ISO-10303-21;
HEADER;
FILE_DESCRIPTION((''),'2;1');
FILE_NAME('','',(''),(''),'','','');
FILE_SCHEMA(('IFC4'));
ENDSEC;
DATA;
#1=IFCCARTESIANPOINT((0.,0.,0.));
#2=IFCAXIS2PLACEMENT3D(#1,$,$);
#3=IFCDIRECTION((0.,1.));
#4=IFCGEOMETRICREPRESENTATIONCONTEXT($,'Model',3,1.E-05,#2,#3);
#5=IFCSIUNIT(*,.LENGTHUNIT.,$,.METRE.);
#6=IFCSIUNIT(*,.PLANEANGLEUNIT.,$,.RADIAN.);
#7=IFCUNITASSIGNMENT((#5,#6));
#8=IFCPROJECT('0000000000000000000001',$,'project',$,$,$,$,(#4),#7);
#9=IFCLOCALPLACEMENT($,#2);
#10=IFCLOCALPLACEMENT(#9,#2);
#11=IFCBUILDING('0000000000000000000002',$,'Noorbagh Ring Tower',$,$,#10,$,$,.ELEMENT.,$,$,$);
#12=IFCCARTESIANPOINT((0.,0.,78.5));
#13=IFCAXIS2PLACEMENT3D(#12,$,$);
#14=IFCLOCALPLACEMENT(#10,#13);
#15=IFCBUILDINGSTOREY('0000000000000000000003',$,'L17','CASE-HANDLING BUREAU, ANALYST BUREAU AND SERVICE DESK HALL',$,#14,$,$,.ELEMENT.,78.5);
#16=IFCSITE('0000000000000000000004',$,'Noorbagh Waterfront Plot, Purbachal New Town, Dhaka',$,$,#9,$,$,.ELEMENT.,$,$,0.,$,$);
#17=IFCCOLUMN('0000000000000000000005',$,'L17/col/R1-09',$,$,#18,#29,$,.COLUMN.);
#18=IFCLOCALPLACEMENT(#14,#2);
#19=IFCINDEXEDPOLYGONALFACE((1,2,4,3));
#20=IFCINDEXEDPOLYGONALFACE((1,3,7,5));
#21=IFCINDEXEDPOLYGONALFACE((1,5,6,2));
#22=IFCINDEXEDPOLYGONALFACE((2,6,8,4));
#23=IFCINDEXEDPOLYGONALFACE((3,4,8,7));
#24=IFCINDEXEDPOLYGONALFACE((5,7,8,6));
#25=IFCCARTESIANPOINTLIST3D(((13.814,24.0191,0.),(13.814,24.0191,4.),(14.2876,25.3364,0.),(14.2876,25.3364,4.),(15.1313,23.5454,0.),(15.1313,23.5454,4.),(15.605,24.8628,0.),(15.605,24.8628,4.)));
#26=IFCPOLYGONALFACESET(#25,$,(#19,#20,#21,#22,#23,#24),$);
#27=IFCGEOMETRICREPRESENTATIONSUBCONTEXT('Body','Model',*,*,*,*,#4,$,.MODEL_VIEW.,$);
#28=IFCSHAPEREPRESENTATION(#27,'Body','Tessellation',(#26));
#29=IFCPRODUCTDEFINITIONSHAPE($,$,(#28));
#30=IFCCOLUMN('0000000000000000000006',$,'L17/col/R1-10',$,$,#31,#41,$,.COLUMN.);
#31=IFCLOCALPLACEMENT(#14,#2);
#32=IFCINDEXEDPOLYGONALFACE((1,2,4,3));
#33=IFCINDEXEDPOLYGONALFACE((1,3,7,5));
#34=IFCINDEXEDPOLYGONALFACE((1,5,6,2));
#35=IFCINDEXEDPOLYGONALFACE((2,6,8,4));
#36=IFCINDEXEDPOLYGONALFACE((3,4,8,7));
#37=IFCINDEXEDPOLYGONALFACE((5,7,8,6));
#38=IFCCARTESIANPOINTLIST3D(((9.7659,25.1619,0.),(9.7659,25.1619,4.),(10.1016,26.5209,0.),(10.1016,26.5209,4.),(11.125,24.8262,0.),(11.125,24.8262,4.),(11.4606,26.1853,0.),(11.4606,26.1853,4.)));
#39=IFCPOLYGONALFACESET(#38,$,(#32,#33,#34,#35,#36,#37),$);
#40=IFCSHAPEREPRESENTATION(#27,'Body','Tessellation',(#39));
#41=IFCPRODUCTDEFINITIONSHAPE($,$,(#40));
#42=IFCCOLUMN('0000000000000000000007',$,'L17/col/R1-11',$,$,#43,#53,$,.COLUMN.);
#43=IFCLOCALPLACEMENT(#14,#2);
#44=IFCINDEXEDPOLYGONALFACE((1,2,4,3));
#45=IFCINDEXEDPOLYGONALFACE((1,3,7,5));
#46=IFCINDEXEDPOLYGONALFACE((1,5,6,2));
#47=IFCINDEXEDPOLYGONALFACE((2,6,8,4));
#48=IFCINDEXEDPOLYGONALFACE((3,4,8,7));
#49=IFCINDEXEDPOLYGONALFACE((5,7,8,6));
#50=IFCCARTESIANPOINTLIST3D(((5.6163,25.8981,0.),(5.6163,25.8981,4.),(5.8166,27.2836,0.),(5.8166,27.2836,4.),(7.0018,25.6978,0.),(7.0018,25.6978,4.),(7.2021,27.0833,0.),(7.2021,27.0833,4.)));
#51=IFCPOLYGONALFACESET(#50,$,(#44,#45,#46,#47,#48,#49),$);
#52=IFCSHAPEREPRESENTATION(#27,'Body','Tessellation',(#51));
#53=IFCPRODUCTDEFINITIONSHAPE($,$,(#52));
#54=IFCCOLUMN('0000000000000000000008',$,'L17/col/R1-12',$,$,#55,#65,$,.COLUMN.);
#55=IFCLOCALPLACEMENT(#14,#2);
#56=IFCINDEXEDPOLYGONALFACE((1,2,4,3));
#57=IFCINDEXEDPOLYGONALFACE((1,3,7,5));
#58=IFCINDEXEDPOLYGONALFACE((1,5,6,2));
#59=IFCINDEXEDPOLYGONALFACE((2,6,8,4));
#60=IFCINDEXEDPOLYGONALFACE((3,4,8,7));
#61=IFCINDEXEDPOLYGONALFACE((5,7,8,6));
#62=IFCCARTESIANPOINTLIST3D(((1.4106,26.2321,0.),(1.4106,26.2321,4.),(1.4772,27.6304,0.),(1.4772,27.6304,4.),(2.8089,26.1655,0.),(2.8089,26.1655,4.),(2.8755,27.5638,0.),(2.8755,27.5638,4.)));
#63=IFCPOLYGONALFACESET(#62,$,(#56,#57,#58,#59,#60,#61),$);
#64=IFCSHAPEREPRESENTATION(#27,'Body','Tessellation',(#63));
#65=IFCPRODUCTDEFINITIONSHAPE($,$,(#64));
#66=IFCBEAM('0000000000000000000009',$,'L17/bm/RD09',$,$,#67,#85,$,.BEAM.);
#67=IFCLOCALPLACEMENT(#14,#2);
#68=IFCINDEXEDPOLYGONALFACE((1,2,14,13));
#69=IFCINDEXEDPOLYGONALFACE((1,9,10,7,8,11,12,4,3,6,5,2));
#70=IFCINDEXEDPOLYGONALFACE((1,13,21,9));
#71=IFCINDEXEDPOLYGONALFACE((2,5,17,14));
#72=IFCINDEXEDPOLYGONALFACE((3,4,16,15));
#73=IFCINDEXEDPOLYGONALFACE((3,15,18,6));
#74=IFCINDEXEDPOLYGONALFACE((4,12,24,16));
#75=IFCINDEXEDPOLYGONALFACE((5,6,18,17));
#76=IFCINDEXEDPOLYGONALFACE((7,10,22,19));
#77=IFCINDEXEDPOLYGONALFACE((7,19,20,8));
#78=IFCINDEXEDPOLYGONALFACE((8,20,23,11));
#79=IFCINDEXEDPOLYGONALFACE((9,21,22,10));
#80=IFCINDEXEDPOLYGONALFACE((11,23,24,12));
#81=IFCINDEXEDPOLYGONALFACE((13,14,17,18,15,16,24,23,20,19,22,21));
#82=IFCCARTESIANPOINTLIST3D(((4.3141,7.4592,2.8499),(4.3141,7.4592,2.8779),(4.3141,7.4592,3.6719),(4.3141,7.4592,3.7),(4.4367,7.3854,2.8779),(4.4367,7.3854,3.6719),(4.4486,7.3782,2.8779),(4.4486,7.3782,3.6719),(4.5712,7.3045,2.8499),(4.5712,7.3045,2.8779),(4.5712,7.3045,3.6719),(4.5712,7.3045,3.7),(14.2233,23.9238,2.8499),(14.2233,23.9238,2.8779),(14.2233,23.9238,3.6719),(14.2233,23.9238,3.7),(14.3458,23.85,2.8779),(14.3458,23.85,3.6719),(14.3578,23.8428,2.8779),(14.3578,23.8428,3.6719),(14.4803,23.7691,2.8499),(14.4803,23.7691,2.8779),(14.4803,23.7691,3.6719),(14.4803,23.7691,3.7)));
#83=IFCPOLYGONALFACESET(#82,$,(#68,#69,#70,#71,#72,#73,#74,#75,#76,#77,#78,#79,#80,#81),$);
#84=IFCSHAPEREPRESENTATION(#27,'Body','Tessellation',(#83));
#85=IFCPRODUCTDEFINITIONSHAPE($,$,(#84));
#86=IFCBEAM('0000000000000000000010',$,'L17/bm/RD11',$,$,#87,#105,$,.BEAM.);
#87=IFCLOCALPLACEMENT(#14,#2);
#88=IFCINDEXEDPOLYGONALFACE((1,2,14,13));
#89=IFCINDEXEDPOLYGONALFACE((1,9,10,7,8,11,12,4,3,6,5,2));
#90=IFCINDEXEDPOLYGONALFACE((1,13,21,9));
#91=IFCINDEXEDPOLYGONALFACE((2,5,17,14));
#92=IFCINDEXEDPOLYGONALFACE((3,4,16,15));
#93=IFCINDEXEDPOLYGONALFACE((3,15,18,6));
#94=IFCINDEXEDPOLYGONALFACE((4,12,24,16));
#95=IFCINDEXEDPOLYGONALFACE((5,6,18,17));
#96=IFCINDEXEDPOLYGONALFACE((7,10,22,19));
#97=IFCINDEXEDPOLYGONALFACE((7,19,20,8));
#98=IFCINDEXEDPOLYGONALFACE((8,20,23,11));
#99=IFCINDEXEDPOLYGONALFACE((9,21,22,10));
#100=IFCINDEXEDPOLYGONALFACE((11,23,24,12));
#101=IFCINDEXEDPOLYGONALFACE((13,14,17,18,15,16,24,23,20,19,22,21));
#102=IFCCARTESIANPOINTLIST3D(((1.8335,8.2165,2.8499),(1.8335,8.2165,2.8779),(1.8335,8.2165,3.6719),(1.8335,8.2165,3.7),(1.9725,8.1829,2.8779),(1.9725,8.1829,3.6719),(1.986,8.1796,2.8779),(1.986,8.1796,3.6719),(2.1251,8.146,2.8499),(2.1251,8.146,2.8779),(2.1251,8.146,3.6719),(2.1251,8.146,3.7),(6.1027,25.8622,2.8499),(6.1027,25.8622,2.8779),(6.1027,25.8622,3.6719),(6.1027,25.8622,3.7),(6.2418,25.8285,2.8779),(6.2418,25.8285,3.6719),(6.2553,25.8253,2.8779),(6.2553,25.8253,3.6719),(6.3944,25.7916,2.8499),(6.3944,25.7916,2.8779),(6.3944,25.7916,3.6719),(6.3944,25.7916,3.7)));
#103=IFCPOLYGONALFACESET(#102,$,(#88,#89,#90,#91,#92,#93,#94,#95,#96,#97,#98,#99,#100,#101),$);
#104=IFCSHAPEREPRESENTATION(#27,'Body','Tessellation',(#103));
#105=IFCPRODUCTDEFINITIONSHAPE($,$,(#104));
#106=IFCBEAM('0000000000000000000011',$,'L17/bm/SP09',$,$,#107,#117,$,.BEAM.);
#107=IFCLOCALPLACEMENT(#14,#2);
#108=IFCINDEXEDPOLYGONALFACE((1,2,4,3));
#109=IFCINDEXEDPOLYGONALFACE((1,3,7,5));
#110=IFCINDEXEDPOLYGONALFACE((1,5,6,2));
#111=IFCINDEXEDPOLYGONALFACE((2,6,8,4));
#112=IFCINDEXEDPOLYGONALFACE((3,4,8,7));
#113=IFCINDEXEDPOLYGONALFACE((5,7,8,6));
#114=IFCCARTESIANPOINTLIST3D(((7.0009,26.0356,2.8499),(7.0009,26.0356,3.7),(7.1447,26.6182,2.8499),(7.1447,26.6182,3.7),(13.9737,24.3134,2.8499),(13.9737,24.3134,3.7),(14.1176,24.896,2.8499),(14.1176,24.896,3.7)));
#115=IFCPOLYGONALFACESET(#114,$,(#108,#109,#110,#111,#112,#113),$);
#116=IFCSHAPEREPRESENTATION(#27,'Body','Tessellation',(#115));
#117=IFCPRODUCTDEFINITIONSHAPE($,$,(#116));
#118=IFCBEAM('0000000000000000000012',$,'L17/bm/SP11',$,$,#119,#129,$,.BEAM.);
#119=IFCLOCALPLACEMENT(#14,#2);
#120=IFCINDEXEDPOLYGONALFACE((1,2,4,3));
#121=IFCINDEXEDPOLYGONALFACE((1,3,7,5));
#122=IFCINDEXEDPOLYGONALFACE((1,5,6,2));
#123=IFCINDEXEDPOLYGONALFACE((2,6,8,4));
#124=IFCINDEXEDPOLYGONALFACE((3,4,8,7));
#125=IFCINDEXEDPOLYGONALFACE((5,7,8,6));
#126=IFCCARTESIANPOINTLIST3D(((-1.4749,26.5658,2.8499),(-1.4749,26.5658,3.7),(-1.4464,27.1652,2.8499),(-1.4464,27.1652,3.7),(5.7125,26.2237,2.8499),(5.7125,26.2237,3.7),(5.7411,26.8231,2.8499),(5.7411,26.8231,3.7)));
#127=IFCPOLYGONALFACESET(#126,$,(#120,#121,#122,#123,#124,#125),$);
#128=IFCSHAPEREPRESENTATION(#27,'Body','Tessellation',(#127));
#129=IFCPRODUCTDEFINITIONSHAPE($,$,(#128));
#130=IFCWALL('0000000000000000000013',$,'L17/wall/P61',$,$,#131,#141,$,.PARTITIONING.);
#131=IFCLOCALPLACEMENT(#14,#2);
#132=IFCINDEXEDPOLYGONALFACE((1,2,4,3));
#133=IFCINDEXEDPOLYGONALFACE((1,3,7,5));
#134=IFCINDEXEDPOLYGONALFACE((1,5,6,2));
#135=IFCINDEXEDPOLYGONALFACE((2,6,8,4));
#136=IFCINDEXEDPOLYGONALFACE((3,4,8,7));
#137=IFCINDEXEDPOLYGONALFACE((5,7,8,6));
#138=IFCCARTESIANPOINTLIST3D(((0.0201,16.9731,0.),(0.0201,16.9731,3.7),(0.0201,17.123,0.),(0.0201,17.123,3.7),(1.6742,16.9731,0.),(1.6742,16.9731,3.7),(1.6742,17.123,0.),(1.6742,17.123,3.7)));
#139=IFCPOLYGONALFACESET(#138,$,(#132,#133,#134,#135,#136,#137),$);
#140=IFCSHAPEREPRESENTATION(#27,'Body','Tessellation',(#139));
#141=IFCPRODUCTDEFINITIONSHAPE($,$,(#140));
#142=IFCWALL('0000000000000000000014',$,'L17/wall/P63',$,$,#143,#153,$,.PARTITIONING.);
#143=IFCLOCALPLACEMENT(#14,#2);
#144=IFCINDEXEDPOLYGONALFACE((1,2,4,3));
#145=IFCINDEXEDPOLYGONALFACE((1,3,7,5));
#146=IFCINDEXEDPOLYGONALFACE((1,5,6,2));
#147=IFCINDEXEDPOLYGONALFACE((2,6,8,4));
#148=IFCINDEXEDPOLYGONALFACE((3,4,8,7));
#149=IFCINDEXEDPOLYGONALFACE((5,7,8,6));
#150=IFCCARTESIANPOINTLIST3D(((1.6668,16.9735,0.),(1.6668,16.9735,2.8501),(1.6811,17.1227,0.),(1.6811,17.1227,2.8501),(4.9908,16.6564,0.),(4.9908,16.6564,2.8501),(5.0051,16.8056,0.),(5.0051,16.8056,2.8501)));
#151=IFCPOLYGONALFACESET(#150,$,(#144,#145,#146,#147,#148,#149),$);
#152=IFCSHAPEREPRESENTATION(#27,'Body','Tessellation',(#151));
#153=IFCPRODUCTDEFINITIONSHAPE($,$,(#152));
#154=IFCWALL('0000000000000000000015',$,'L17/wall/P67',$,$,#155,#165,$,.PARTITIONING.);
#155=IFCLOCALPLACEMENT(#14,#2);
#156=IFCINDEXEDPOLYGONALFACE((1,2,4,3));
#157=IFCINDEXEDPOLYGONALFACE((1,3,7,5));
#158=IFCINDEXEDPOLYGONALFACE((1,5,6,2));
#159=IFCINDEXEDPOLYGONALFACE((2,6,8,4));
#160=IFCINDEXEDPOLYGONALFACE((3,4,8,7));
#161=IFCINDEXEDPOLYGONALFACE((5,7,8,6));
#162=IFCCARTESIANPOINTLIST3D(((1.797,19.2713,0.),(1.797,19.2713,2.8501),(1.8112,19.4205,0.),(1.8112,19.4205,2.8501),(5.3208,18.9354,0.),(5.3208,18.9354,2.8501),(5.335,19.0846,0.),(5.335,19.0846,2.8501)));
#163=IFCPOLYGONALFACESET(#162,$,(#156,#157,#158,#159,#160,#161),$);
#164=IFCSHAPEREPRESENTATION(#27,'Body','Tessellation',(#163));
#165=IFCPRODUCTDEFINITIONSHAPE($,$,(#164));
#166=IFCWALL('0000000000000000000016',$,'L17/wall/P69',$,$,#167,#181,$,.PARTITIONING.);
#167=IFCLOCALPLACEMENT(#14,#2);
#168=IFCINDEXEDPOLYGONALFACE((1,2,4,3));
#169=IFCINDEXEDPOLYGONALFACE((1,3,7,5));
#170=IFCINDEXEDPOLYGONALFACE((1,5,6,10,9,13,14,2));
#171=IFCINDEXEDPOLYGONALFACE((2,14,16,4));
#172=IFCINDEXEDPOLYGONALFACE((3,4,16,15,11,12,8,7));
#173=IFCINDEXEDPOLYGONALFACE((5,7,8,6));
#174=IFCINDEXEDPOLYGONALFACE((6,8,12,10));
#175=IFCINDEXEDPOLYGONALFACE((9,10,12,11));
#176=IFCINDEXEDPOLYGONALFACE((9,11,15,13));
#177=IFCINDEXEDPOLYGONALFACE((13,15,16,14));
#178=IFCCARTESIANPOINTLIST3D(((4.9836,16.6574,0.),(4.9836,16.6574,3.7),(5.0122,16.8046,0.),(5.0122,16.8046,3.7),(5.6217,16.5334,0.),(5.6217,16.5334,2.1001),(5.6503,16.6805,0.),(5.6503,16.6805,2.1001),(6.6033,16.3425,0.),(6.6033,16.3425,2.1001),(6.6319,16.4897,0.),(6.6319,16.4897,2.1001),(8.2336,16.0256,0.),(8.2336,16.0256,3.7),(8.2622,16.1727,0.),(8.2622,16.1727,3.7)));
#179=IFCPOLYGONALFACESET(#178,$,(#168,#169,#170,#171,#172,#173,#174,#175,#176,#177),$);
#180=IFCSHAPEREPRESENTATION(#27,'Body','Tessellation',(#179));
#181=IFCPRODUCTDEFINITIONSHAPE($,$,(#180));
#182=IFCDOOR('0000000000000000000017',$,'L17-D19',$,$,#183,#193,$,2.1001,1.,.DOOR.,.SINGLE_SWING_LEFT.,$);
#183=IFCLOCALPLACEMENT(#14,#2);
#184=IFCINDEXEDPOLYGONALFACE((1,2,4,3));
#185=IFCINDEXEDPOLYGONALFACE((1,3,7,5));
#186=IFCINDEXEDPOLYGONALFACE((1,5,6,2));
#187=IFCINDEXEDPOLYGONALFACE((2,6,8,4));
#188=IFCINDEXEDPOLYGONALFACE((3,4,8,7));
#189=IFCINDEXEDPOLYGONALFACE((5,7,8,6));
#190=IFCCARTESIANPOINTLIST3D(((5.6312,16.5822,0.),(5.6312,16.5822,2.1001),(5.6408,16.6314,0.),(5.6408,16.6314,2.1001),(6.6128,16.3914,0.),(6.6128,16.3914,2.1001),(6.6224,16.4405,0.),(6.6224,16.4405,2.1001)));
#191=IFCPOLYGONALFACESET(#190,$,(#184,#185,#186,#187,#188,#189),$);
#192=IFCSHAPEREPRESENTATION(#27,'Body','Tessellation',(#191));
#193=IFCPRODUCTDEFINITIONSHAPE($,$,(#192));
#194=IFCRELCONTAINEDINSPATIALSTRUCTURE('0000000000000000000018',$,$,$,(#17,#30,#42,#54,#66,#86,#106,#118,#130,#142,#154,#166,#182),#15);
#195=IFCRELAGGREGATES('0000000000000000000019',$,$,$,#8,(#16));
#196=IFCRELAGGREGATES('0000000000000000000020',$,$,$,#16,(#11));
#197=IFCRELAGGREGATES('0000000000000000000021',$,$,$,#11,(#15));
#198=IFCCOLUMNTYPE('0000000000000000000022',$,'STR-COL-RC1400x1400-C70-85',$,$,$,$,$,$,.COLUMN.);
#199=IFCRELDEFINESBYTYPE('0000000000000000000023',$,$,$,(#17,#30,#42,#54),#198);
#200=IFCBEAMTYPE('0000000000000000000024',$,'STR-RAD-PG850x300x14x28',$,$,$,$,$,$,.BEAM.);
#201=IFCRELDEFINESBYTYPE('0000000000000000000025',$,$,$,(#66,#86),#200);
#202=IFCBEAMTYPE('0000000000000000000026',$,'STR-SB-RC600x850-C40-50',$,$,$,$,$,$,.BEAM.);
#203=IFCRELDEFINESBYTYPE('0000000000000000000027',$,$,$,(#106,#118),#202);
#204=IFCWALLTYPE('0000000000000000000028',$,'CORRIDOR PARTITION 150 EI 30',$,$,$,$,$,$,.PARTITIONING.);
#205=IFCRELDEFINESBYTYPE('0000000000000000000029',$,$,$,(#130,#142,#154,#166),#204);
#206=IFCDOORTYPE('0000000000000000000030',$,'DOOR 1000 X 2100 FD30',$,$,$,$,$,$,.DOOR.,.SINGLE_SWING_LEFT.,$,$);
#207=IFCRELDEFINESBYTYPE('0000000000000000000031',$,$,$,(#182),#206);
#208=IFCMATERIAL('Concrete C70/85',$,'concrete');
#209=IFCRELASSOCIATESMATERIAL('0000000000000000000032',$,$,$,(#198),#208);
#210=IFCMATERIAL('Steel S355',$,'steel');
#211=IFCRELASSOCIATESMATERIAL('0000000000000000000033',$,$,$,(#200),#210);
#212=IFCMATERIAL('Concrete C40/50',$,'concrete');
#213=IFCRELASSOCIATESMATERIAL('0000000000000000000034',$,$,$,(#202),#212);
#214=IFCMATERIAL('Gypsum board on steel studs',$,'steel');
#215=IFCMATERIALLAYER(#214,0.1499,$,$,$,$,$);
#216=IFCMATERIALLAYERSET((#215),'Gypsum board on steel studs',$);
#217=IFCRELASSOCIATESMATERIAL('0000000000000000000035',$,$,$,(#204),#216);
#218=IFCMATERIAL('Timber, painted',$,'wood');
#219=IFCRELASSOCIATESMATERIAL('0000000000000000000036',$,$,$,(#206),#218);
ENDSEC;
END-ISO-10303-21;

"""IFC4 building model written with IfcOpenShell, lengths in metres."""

from ifc_helpers import new_model, si_unit, direction, frame, frame_2d, origin, origin_2d, place, context, subcontext, project, spatial, rectangle, i_section, extrude, material, layer, layer_set, material_profile, profile_set, type_object, element, fill, save


model = new_model("IFC4")

# Units and contexts
model_context = context("Model", 3, precision=1e-05, world=origin(), true_north=direction((0.0, 1.0)))
body_context = subcontext(model_context, "Body", "Model", "MODEL_VIEW")
ifc_project = project(units=[si_unit("LENGTHUNIT", "METRE"), si_unit("PLANEANGLEUNIT", "RADIAN")], contexts=[model_context])

# Site, building, storey
site_placement = place(None, origin())
site = spatial("IfcSite", under=ifc_project, at=site_placement, Name="Noorbagh Waterfront Plot, Purbachal New Town, Dhaka", CompositionType="ELEMENT", RefElevation=0.0)
building_placement = place(site_placement, origin())
building = spatial("IfcBuilding", under=site, at=building_placement, Name="Noorbagh Ring Tower", CompositionType="ELEMENT")
storey_placement = place(building_placement, frame((0.0, 0.0, 78.5)))
storey = spatial("IfcBuildingStorey", under=building, at=storey_placement, Name="L17", Description="CASE-HANDLING BUREAU, ANALYST BUREAU AND SERVICE DESK HALL", CompositionType="ELEMENT", Elevation=78.5)

# Columns
ifc_material_1 = material(Name="Concrete C70/85", Category="concrete")
ifc_material_profile_1 = material_profile(ifc_material_1, rectangle(XDim=1.3999, YDim=1.3999, at=origin_2d()), Name="RC1400x1400")
ifc_profile_set_1 = profile_set([ifc_material_profile_1], Name="Concrete C70/85")
column_type = type_object("IfcColumnType", Name="STR-COL-RC1400x1400-C70-85", PredefinedType="COLUMN", material=ifc_profile_set_1)
for number, where, z_axis, x_axis, name in (
    (1, (14.7095, 24.4409, 0.0), (0.0, 0.0, 1.0), (-0.941025, 0.338338, 0.0), "L17/col/R1-09"),
    (2, (10.6133, 25.6736, 0.0), (0.0, 0.0, 1.0), (-0.970829, 0.239771, 0.0), "L17/col/R1-10"),
    (3, (6.4092, 26.4907, 0.0), (0.0, 0.0, 1.0), (-0.989713, 0.143066, 0.0), "L17/col/R1-11"),
    (4, (2.1431, 26.8979, 0.0), (0.0, 0.0, 1.0), (-0.998869, 0.047553, 0.0), "L17/col/R1-12"),
):
    element("IfcColumn", number, at=place(storey_placement, frame(where, z_axis=z_axis, x_axis=x_axis)), inside=storey, type_object=column_type, Name=name, PredefinedType="COLUMN", context=body_context, shape_type="SweptSolid", body=[
        extrude(rectangle(XDim=1.3999, YDim=1.3999, at=origin_2d()), origin(), (0.0, 0.0, 1.0), 4.0),
    ])

# Beams
ifc_material_2 = material(Name="Steel S355", Category="steel")
ifc_material_profile_2 = material_profile(ifc_material_2, i_section(OverallWidth=0.3, OverallDepth=0.8501, WebThickness=0.0139, FlangeThickness=0.0281, at=origin_2d()), Name="PG850x300x14x28")
ifc_profile_set_2 = profile_set([ifc_material_profile_2], Name="Steel S355")
beam_type_1 = type_object("IfcBeamType", Name="STR-RAD-PG850x300x14x28", PredefinedType="BEAM", material=ifc_profile_set_2)
beam_1_placement = place(storey_placement, frame((14.3518, 23.8464, 3.2749), z_axis=(-0.515659, -0.856794, 0.0), x_axis=(0.856794, -0.515659, 0.0)))
element("IfcBeam", 5, at=beam_1_placement, inside=storey, type_object=beam_type_1, Name="L17/bm/RD09", PredefinedType="BEAM", context=body_context, shape_type="SweptSolid", body=[
    extrude(i_section(OverallWidth=0.3, OverallDepth=0.8501, WebThickness=0.0139, FlangeThickness=0.0281, at=origin_2d()), origin(), (0.0, 0.0, 1.0), 19.2166),
])
beam_2_placement = place(storey_placement, frame((6.2485, 25.8269, 3.2749), z_axis=(-0.235159, -0.971957, 0.0), x_axis=(0.971957, -0.235159, 0.0)))
element("IfcBeam", 6, at=beam_2_placement, inside=storey, type_object=beam_type_1, Name="L17/bm/RD11", PredefinedType="BEAM", context=body_context, shape_type="SweptSolid", body=[
    extrude(i_section(OverallWidth=0.3, OverallDepth=0.8501, WebThickness=0.0139, FlangeThickness=0.0281, at=origin_2d()), origin(), (0.0, 0.0, 1.0), 18.1548),
])
ifc_material_3 = material(Name="Concrete C40/50", Category="concrete")
ifc_material_profile_3 = material_profile(ifc_material_3, rectangle(XDim=0.6001, YDim=0.8501, at=origin_2d()), Name="RC600x850")
ifc_profile_set_3 = profile_set([ifc_material_profile_3], Name="Concrete C40/50")
beam_type_2 = type_object("IfcBeamType", Name="STR-SB-RC600x850-C40-50", PredefinedType="BEAM", material=ifc_profile_set_3)
beam_3_placement = place(storey_placement, frame((14.0457, 24.6047, 3.2749), z_axis=(-0.970828, 0.239775, 0.0), x_axis=(-0.239775, -0.970828, 0.0)))
element("IfcBeam", 7, at=beam_3_placement, inside=storey, type_object=beam_type_2, Name="L17/bm/SP09", PredefinedType="BEAM", context=body_context, shape_type="SweptSolid", body=[
    extrude(rectangle(XDim=0.6001, YDim=0.8501, at=origin_2d()), origin(), (0.0, 0.0, 1.0), 7.1824),
])
beam_4_placement = place(storey_placement, frame((5.7268, 26.5234, 3.2749), z_axis=(-0.99887, 0.047535, 0.0), x_axis=(-0.047535, -0.99887, 0.0)))
element("IfcBeam", 8, at=beam_4_placement, inside=storey, type_object=beam_type_2, Name="L17/bm/SP11", PredefinedType="BEAM", context=body_context, shape_type="SweptSolid", body=[
    extrude(rectangle(XDim=0.6001, YDim=0.8501, at=origin_2d()), origin(), (0.0, 0.0, 1.0), 7.1956),
])

# Walls
ifc_material_4 = material(Name="Gypsum board on steel studs", Category="steel")
ifc_layer_1 = layer(ifc_material_4, 0.1499)
ifc_layer_set_1 = layer_set([ifc_layer_1], Name="Gypsum board on steel studs")
wall_type_1 = type_object("IfcWallType", Name="CORRIDOR PARTITION 150 EI 30", PredefinedType="PARTITIONING", material=ifc_layer_set_1)
wall_1_placement = place(storey_placement, frame((0.02, 17.0481, 0.0), z_axis=(0.0, 0.0, 1.0), x_axis=(1.0, 0.0, 0.0)))
element("IfcWall", 9, at=wall_1_placement, inside=storey, type_object=wall_type_1, Name="L17/wall/P61", PredefinedType="PARTITIONING", context=body_context, shape_type="SweptSolid", body=[
    extrude(rectangle(XDim=1.6541, YDim=0.1499, at=frame_2d((0.8271, 0.0))), origin(), (0.0, 0.0, 1.0), 3.7),
])
wall_2_placement = place(storey_placement, frame((1.6741, 17.0481, 0.0), z_axis=(0.0, 0.0, 1.0), x_axis=(0.995479, -0.094978, 0.0)))
element("IfcWall", 10, at=wall_2_placement, inside=storey, type_object=wall_type_1, Name="L17/wall/P63", PredefinedType="PARTITIONING", context=body_context, shape_type="SweptSolid", body=[
    extrude(rectangle(XDim=3.3391, YDim=0.1499, at=frame_2d((1.6694, 0.0))), origin(), (0.0, 0.0, 1.0), 2.8501),
])
wall_3_placement = place(storey_placement, frame((1.804, 19.3459, 0.0), z_axis=(0.0, 0.0, 1.0), x_axis=(0.995487, -0.0949, 0.0)))
element("IfcWall", 11, at=wall_3_placement, inside=storey, type_object=wall_type_1, Name="L17/wall/P67", PredefinedType="PARTITIONING", context=body_context, shape_type="SweptSolid", body=[
    extrude(rectangle(XDim=3.5398, YDim=0.1499, at=frame_2d((1.77, 0.0))), origin(), (0.0, 0.0, 1.0), 2.8501),
])

# Wall, opening, door
wall_4_placement = place(storey_placement, frame((4.998, 16.731, 0.0), z_axis=(0.0, 0.0, 1.0), x_axis=(0.981622, -0.190838, 0.0)))
wall_4 = element("IfcWall", 12, at=wall_4_placement, inside=storey, type_object=wall_type_1, Name="L17/wall/P69", PredefinedType="PARTITIONING", context=body_context, shape_type="SweptSolid", body=[
    extrude(rectangle(XDim=3.3108, YDim=0.1499, at=frame_2d((1.6553, 0.0))), origin(), (0.0, 0.0, 1.0), 3.7),
])
opening_1_placement = place(wall_4_placement, frame((0.6499, 0.0, 0.0)))
opening_1 = element("IfcOpeningElement", 13, at=opening_1_placement, cuts=wall_4, PredefinedType="OPENING", context=body_context, shape_type="SweptSolid", body=[
    extrude(rectangle(XDim=1.0, YDim=2.1001, at=frame_2d((0.5, 1.05))), frame((0.0, 0.085, 0.0), z_axis=(0.0, -1.0, 0.0), x_axis=(1.0, 0.0, 0.0)), (0.0, 0.0, 1.0), 0.1699),
])
ifc_material_5 = material(Name="Timber, painted", Category="wood")
door_type = type_object("IfcDoorType", Name="DOOR 1000 X 2100 FD30", OperationType="SINGLE_SWING_LEFT", PredefinedType="DOOR", material=ifc_material_5)
door_1_placement = place(opening_1_placement, origin())
door_1 = element("IfcDoor", 14, at=door_1_placement, inside=storey, type_object=door_type, Name="L17-D19", OperationType="SINGLE_SWING_LEFT", OverallHeight=2.1001, OverallWidth=1.0, PredefinedType="DOOR", context=body_context, shape_type="SweptSolid", body=[
    extrude(rectangle(XDim=1.0, YDim=2.1001, at=frame_2d((0.5, 1.05))), frame((0.0, 0.0249, 0.0), z_axis=(0.0, -1.0, 0.0), x_axis=(1.0, 0.0, 0.0)), (0.0, 0.0, 1.0), 0.05),
])
fill(opening_1, door_1)

save(model, "model.ifc")
